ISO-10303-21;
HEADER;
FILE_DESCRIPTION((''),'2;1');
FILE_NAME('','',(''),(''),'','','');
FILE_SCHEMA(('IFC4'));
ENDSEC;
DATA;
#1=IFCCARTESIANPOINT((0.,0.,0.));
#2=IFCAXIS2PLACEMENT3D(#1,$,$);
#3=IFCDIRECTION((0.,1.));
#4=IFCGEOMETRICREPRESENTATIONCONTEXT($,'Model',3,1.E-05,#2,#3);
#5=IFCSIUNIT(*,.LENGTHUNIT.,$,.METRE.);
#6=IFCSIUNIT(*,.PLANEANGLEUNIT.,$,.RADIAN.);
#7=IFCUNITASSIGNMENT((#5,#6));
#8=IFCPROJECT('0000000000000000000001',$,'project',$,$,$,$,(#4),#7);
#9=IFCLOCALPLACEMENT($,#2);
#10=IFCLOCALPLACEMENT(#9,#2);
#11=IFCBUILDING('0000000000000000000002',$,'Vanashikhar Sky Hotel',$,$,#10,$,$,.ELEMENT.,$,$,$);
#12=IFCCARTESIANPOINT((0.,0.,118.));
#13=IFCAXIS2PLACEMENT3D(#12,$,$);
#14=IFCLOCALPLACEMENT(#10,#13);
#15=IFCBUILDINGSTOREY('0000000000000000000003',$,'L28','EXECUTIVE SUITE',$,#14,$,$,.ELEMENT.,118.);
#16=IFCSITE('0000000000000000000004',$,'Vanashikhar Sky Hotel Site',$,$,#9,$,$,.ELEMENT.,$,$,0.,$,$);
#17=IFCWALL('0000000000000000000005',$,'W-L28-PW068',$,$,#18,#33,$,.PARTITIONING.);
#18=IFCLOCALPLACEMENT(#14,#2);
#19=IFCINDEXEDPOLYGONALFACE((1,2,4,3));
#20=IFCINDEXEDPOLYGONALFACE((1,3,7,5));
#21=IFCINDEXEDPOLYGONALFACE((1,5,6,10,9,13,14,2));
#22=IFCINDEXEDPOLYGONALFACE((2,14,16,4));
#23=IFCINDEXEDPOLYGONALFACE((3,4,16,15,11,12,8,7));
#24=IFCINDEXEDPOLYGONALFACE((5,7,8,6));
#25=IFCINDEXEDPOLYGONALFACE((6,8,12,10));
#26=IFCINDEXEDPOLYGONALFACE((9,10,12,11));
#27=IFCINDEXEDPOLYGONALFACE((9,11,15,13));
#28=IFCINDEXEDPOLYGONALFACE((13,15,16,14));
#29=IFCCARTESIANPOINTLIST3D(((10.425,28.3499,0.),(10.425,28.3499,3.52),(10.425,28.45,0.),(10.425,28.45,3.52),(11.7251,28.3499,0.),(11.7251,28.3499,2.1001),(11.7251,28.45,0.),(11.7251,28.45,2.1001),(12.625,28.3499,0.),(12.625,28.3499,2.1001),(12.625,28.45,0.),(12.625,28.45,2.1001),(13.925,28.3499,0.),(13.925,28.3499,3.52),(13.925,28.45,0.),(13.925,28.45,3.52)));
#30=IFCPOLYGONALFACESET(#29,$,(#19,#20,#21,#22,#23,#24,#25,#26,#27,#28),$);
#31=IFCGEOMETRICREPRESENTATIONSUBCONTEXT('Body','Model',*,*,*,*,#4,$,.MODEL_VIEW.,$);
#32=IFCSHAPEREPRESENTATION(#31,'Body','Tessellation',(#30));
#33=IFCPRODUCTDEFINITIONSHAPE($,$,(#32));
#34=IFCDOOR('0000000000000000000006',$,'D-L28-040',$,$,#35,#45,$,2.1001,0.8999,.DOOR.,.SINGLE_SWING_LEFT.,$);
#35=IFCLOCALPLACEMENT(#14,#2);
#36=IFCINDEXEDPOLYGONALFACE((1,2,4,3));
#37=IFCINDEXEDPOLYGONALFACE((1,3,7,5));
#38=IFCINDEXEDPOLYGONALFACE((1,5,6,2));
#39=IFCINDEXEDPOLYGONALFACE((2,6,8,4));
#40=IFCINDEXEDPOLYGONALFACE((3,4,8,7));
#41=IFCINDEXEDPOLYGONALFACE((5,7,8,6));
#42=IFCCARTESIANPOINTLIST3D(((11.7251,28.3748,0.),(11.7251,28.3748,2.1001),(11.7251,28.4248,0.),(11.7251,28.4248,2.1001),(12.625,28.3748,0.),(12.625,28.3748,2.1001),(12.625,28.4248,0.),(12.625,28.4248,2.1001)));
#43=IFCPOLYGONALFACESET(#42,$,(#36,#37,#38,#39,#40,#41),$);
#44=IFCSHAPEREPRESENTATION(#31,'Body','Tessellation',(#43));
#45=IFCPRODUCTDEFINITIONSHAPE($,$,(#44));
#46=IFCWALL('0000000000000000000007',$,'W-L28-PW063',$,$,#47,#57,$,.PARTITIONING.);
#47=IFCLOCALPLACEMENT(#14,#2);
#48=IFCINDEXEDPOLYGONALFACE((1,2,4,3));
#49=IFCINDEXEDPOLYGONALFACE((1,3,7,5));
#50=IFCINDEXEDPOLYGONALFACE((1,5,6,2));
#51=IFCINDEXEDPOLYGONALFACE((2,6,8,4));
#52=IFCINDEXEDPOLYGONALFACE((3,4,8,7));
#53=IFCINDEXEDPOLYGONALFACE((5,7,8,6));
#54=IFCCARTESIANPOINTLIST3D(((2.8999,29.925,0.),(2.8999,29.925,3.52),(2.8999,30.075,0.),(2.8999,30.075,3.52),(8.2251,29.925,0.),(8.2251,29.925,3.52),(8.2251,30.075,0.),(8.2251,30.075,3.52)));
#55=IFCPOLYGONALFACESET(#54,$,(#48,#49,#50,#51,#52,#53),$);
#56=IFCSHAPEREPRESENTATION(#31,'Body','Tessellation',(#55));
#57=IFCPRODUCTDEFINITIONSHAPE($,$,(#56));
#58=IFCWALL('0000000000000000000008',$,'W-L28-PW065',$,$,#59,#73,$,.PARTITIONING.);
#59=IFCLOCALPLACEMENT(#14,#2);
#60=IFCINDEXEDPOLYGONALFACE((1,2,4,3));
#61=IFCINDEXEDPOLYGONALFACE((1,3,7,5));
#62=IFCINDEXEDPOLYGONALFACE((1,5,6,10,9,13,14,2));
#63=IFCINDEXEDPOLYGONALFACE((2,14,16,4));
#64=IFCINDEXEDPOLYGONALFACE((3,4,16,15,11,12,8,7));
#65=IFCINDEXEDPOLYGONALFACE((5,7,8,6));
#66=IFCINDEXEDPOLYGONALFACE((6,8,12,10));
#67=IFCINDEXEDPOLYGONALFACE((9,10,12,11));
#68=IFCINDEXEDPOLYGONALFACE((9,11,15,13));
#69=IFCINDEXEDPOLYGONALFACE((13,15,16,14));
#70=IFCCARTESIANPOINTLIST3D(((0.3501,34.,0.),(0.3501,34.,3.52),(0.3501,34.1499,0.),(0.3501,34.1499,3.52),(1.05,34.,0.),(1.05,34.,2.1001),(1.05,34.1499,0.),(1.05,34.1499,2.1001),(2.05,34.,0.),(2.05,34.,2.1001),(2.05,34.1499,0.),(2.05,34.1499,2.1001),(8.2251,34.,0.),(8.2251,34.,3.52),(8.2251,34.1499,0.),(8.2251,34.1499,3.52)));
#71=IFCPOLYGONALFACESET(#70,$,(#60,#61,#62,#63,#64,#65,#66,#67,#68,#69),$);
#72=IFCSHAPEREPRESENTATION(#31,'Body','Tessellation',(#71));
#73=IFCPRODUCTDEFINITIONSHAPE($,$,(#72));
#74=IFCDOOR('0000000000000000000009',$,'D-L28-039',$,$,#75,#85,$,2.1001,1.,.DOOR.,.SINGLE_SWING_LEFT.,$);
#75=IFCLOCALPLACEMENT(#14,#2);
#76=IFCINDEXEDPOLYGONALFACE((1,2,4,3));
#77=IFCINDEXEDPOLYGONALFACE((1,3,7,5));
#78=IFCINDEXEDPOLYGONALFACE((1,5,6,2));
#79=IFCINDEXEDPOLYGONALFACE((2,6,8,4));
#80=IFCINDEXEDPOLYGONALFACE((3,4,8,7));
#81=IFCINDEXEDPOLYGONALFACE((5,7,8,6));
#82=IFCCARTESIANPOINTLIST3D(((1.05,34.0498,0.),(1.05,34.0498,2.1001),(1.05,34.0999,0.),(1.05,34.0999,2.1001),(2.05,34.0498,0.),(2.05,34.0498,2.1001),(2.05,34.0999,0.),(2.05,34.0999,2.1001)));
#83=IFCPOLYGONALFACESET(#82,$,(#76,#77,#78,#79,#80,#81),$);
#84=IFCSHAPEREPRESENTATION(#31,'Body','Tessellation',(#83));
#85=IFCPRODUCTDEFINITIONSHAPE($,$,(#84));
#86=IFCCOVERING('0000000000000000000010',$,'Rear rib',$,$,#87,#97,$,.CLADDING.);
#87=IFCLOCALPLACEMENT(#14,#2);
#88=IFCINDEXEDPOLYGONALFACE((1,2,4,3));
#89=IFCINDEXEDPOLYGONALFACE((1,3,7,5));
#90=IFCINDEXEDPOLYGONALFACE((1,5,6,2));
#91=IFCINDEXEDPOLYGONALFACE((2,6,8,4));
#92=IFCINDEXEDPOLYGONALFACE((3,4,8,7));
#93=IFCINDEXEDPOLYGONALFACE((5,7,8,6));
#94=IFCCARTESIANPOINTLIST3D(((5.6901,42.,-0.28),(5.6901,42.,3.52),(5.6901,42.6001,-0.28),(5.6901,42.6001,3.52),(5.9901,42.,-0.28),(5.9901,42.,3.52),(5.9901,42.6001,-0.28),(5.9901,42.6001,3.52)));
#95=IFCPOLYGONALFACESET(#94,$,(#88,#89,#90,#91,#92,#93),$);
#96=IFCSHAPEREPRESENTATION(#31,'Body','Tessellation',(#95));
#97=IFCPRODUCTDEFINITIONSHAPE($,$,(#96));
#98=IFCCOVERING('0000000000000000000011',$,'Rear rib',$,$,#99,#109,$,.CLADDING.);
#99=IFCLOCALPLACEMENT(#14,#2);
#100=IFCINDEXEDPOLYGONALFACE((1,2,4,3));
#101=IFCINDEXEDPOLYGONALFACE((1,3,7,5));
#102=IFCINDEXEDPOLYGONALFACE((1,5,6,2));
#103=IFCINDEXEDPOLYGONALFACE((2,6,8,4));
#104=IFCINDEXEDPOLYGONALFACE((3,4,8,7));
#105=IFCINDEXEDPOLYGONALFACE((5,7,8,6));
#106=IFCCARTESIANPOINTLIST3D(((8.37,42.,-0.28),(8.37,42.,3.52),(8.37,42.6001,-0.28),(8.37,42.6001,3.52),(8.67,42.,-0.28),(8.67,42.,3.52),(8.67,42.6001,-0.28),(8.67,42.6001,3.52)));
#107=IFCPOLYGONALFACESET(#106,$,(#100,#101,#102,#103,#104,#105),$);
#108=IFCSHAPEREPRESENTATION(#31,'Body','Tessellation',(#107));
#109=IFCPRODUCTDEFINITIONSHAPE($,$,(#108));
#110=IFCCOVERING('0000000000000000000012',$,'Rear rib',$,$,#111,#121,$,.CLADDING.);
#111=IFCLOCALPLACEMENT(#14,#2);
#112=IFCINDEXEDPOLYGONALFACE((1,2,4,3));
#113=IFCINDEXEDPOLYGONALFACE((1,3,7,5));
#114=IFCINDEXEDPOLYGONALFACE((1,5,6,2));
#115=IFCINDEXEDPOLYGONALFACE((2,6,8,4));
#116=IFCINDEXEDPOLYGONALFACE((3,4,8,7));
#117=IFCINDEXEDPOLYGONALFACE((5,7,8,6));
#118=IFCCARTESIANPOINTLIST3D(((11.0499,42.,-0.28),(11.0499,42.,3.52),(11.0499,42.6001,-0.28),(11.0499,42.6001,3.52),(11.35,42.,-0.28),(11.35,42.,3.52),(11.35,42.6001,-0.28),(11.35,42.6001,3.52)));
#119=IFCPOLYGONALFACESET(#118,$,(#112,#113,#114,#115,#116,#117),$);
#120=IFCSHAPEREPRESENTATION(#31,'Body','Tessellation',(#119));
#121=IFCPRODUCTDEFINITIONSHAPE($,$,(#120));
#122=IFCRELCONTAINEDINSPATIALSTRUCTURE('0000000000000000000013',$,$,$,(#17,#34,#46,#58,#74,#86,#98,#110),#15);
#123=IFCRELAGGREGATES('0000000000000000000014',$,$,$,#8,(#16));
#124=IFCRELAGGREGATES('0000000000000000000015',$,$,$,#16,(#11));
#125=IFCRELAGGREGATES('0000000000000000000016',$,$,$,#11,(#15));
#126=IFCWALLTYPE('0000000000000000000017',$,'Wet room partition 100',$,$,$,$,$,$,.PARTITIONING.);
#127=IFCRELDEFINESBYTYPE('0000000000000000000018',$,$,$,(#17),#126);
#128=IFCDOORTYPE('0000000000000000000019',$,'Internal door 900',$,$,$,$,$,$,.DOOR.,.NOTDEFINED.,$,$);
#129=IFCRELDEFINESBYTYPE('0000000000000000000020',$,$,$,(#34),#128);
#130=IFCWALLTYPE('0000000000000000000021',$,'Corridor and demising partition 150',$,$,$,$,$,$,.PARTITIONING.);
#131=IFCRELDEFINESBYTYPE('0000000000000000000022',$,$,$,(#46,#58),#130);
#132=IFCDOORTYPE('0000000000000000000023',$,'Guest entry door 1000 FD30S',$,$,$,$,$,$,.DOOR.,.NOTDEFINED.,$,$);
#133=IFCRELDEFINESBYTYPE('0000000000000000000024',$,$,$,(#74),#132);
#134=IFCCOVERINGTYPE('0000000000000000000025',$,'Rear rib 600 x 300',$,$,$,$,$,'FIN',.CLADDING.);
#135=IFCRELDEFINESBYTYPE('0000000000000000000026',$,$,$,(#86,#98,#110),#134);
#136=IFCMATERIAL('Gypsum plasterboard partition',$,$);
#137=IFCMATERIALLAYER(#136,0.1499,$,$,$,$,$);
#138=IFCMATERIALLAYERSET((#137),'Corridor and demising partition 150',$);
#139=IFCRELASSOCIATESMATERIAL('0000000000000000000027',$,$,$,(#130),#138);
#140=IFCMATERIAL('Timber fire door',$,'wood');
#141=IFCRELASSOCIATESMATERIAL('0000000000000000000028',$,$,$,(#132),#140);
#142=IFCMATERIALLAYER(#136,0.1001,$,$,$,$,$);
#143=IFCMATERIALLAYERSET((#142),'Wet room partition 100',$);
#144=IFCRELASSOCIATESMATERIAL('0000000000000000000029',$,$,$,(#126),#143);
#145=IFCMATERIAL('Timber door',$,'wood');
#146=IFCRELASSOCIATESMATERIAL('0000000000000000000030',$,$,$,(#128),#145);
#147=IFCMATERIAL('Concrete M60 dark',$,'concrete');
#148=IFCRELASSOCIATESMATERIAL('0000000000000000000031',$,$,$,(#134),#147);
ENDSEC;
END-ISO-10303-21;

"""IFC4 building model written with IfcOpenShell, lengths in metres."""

from ifc_helpers import new_model, si_unit, direction, frame, frame_2d, origin, origin_2d, place, context, subcontext, project, spatial, rectangle, extrude, source, transform, mapped, material, layer, layer_set, material_profile, profile_set, type_object, element, fill, save


model = new_model("IFC4")

# Units and contexts
model_context = context("Model", 3, precision=1e-05, world=origin(), true_north=direction((0.0, 1.0)))
body_context = subcontext(model_context, "Body", "Model", "MODEL_VIEW")
ifc_project = project(units=[si_unit("LENGTHUNIT", "METRE"), si_unit("PLANEANGLEUNIT", "RADIAN")], contexts=[model_context])

# Site, building, storey
site_placement = place(None, origin())
site = spatial("IfcSite", under=ifc_project, at=site_placement, Name="Vanashikhar Sky Hotel Site", CompositionType="ELEMENT", RefElevation=0.0)
building_placement = place(site_placement, origin())
building = spatial("IfcBuilding", under=site, at=building_placement, Name="Vanashikhar Sky Hotel", CompositionType="ELEMENT")
storey_placement = place(building_placement, frame((0.0, 0.0, 118.0)))
storey = spatial("IfcBuildingStorey", under=building, at=storey_placement, Name="L28", Description="EXECUTIVE SUITE", CompositionType="ELEMENT", Elevation=118.0)

# Wall, opening, door
ifc_material_1 = material(Name="Gypsum plasterboard partition")
ifc_layer_1 = layer(ifc_material_1, 0.1499)
ifc_layer_set_1 = layer_set([ifc_layer_1], Name="Corridor and demising partition 150")
wall_type_1 = type_object("IfcWallType", Name="Corridor and demising partition 150", PredefinedType="PARTITIONING", material=ifc_layer_set_1)
shared_shape_1 = source(origin(), body_context, "Body", "SweptSolid", [
    extrude(rectangle(XDim=1.0, YDim=2.1001, at=frame_2d((0.5, 1.05))), frame((0.0, 0.085, 0.0), z_axis=(0.0, -1.0, 0.0), x_axis=(1.0, 0.0, 0.0)), (0.0, 0.0, 1.0), 0.1699),
])
ifc_material_2 = material(Name="Timber fire door", Category="wood")
door_type_1 = type_object("IfcDoorType", Name="Guest entry door 1000 FD30S", OperationType="NOTDEFINED", PredefinedType="DOOR", material=ifc_material_2)
shared_shape_2 = source(origin(), body_context, "Body", "SweptSolid", [
    extrude(rectangle(XDim=1.0, YDim=2.1001, at=frame_2d((0.5, 1.05))), frame((0.0, 0.0249, 0.0), z_axis=(0.0, -1.0, 0.0), x_axis=(1.0, 0.0, 0.0)), (0.0, 0.0, 1.0), 0.05),
])
ifc_layer_2 = layer(ifc_material_1, 0.1001)
ifc_layer_set_2 = layer_set([ifc_layer_2], Name="Wet room partition 100")
wall_type_2 = type_object("IfcWallType", Name="Wet room partition 100", PredefinedType="PARTITIONING", material=ifc_layer_set_2)
shared_shape_3 = source(origin(), body_context, "Body", "SweptSolid", [
    extrude(rectangle(XDim=3.5, YDim=0.1001, at=frame_2d((1.75, 0.0))), origin(), (0.0, 0.0, 1.0), 3.52),
])
wall_1_placement = place(storey_placement, frame((10.425, 28.3999, 0.0), z_axis=(0.0, 0.0, 1.0), x_axis=(1.0, 0.0, 0.0)))
wall_1 = element("IfcWall", 1, at=wall_1_placement, inside=storey, type_object=wall_type_2, Name="W-L28-PW068", PredefinedType="PARTITIONING", context=body_context, shape_type="MappedRepresentation", body=[
    mapped(shared_shape_3, transform((0.0, 0.0, 0.0), scale=1.0)),
])
shared_shape_4 = source(origin(), body_context, "Body", "SweptSolid", [
    extrude(rectangle(XDim=0.8999, YDim=2.1001, at=frame_2d((0.45, 1.05))), frame((0.0, 0.0601, 0.0), z_axis=(0.0, -1.0, 0.0), x_axis=(1.0, 0.0, 0.0)), (0.0, 0.0, 1.0), 0.1201),
])
opening_1_placement = place(wall_1_placement, frame((1.3, 0.0, 0.0)))
opening_1 = element("IfcOpeningElement", 2, at=opening_1_placement, cuts=wall_1, PredefinedType="OPENING", context=body_context, shape_type="MappedRepresentation", body=[
    mapped(shared_shape_4, transform((0.0, 0.0, 0.0), scale=1.0)),
])
ifc_material_3 = material(Name="Timber door", Category="wood")
door_type_2 = type_object("IfcDoorType", Name="Internal door 900", OperationType="NOTDEFINED", PredefinedType="DOOR", material=ifc_material_3)
shared_shape_5 = source(origin(), body_context, "Body", "SweptSolid", [
    extrude(rectangle(XDim=0.8999, YDim=2.1001, at=frame_2d((0.45, 1.05))), frame((0.0, 0.0249, 0.0), z_axis=(0.0, -1.0, 0.0), x_axis=(1.0, 0.0, 0.0)), (0.0, 0.0, 1.0), 0.05),
])
door_1_placement = place(opening_1_placement, origin())
door_1 = element("IfcDoor", 3, at=door_1_placement, inside=storey, type_object=door_type_2, Name="D-L28-040", OperationType="SINGLE_SWING_LEFT", OverallHeight=2.1001, OverallWidth=0.8999, PredefinedType="DOOR", context=body_context, shape_type="MappedRepresentation", body=[
    mapped(shared_shape_5, transform((0.0, 0.0, 0.0), scale=1.0)),
])
fill(opening_1, door_1)

# Wall
shared_shape_6 = source(origin(), body_context, "Body", "SweptSolid", [
    extrude(rectangle(XDim=5.3252, YDim=0.1499, at=frame_2d((2.6626, 0.0))), origin(), (0.0, 0.0, 1.0), 3.52),
])
wall_2_placement = place(storey_placement, frame((2.8999, 30.0, 0.0), z_axis=(0.0, 0.0, 1.0), x_axis=(1.0, 0.0, 0.0)))
element("IfcWall", 4, at=wall_2_placement, inside=storey, type_object=wall_type_1, Name="W-L28-PW063", PredefinedType="PARTITIONING", context=body_context, shape_type="MappedRepresentation", body=[
    mapped(shared_shape_6, transform((0.0, 0.0, 0.0), scale=1.0)),
])

# Wall, opening, door
shared_shape_7 = source(origin(), body_context, "Body", "SweptSolid", [
    extrude(rectangle(XDim=7.875, YDim=0.1499, at=frame_2d((3.9375, 0.0))), origin(), (0.0, 0.0, 1.0), 3.52),
])
wall_3_placement = place(storey_placement, frame((0.3501, 34.075, 0.0), z_axis=(0.0, 0.0, 1.0), x_axis=(1.0, 0.0, 0.0)))
wall_3 = element("IfcWall", 5, at=wall_3_placement, inside=storey, type_object=wall_type_1, Name="W-L28-PW065", PredefinedType="PARTITIONING", context=body_context, shape_type="MappedRepresentation", body=[
    mapped(shared_shape_7, transform((0.0, 0.0, 0.0), scale=1.0)),
])
opening_2_placement = place(wall_3_placement, frame((0.7, 0.0, 0.0)))
opening_2 = element("IfcOpeningElement", 6, at=opening_2_placement, cuts=wall_3, PredefinedType="OPENING", context=body_context, shape_type="MappedRepresentation", body=[
    mapped(shared_shape_1, transform((0.0, 0.0, 0.0), scale=1.0)),
])
door_2_placement = place(opening_2_placement, origin())
door_2 = element("IfcDoor", 7, at=door_2_placement, inside=storey, type_object=door_type_1, Name="D-L28-039", OperationType="SINGLE_SWING_LEFT", OverallHeight=2.1001, OverallWidth=1.0, PredefinedType="DOOR", context=body_context, shape_type="MappedRepresentation", body=[
    mapped(shared_shape_2, transform((0.0, 0.0, 0.0), scale=1.0)),
])
fill(opening_2, door_2)

# Coverings
ifc_material_4 = material(Name="Concrete M60 dark", Category="concrete")
ifc_material_profile_1 = material_profile(ifc_material_4, rectangle(XDim=0.6001, YDim=0.3, at=origin_2d()))
ifc_profile_set_1 = profile_set([ifc_material_profile_1], Name="Rear rib 600 x 300")
covering_type = type_object("IfcCoveringType", Name="Rear rib 600 x 300", ElementType="FIN", PredefinedType="CLADDING", material=ifc_profile_set_1)
shared_shape_8 = source(origin(), body_context, "Body", "SweptSolid", [
    extrude(rectangle(XDim=0.6001, YDim=0.3, at=origin_2d()), origin(), (0.0, 0.0, 1.0), 3.8),
])
for number, where, z_axis, x_axis, name in (
    (8, (5.8401, 42.3, -0.28), (0.0, 0.0, 1.0), (0.0, 1.0, 0.0), "Rear rib"),
    (9, (8.52, 42.3, -0.28), (0.0, 0.0, 1.0), (0.0, 1.0, 0.0), "Rear rib"),
    (10, (11.2, 42.3, -0.28), (0.0, 0.0, 1.0), (0.0, 1.0, 0.0), "Rear rib"),
):
    element("IfcCovering", number, at=place(storey_placement, frame(where, z_axis=z_axis, x_axis=x_axis)), inside=storey, type_object=covering_type, Name=name, PredefinedType="CLADDING", context=body_context, shape_type="MappedRepresentation", body=[
        mapped(shared_shape_8, transform((0.0, 0.0, 0.0), scale=1.0)),
    ])

save(model, "model.ifc")
